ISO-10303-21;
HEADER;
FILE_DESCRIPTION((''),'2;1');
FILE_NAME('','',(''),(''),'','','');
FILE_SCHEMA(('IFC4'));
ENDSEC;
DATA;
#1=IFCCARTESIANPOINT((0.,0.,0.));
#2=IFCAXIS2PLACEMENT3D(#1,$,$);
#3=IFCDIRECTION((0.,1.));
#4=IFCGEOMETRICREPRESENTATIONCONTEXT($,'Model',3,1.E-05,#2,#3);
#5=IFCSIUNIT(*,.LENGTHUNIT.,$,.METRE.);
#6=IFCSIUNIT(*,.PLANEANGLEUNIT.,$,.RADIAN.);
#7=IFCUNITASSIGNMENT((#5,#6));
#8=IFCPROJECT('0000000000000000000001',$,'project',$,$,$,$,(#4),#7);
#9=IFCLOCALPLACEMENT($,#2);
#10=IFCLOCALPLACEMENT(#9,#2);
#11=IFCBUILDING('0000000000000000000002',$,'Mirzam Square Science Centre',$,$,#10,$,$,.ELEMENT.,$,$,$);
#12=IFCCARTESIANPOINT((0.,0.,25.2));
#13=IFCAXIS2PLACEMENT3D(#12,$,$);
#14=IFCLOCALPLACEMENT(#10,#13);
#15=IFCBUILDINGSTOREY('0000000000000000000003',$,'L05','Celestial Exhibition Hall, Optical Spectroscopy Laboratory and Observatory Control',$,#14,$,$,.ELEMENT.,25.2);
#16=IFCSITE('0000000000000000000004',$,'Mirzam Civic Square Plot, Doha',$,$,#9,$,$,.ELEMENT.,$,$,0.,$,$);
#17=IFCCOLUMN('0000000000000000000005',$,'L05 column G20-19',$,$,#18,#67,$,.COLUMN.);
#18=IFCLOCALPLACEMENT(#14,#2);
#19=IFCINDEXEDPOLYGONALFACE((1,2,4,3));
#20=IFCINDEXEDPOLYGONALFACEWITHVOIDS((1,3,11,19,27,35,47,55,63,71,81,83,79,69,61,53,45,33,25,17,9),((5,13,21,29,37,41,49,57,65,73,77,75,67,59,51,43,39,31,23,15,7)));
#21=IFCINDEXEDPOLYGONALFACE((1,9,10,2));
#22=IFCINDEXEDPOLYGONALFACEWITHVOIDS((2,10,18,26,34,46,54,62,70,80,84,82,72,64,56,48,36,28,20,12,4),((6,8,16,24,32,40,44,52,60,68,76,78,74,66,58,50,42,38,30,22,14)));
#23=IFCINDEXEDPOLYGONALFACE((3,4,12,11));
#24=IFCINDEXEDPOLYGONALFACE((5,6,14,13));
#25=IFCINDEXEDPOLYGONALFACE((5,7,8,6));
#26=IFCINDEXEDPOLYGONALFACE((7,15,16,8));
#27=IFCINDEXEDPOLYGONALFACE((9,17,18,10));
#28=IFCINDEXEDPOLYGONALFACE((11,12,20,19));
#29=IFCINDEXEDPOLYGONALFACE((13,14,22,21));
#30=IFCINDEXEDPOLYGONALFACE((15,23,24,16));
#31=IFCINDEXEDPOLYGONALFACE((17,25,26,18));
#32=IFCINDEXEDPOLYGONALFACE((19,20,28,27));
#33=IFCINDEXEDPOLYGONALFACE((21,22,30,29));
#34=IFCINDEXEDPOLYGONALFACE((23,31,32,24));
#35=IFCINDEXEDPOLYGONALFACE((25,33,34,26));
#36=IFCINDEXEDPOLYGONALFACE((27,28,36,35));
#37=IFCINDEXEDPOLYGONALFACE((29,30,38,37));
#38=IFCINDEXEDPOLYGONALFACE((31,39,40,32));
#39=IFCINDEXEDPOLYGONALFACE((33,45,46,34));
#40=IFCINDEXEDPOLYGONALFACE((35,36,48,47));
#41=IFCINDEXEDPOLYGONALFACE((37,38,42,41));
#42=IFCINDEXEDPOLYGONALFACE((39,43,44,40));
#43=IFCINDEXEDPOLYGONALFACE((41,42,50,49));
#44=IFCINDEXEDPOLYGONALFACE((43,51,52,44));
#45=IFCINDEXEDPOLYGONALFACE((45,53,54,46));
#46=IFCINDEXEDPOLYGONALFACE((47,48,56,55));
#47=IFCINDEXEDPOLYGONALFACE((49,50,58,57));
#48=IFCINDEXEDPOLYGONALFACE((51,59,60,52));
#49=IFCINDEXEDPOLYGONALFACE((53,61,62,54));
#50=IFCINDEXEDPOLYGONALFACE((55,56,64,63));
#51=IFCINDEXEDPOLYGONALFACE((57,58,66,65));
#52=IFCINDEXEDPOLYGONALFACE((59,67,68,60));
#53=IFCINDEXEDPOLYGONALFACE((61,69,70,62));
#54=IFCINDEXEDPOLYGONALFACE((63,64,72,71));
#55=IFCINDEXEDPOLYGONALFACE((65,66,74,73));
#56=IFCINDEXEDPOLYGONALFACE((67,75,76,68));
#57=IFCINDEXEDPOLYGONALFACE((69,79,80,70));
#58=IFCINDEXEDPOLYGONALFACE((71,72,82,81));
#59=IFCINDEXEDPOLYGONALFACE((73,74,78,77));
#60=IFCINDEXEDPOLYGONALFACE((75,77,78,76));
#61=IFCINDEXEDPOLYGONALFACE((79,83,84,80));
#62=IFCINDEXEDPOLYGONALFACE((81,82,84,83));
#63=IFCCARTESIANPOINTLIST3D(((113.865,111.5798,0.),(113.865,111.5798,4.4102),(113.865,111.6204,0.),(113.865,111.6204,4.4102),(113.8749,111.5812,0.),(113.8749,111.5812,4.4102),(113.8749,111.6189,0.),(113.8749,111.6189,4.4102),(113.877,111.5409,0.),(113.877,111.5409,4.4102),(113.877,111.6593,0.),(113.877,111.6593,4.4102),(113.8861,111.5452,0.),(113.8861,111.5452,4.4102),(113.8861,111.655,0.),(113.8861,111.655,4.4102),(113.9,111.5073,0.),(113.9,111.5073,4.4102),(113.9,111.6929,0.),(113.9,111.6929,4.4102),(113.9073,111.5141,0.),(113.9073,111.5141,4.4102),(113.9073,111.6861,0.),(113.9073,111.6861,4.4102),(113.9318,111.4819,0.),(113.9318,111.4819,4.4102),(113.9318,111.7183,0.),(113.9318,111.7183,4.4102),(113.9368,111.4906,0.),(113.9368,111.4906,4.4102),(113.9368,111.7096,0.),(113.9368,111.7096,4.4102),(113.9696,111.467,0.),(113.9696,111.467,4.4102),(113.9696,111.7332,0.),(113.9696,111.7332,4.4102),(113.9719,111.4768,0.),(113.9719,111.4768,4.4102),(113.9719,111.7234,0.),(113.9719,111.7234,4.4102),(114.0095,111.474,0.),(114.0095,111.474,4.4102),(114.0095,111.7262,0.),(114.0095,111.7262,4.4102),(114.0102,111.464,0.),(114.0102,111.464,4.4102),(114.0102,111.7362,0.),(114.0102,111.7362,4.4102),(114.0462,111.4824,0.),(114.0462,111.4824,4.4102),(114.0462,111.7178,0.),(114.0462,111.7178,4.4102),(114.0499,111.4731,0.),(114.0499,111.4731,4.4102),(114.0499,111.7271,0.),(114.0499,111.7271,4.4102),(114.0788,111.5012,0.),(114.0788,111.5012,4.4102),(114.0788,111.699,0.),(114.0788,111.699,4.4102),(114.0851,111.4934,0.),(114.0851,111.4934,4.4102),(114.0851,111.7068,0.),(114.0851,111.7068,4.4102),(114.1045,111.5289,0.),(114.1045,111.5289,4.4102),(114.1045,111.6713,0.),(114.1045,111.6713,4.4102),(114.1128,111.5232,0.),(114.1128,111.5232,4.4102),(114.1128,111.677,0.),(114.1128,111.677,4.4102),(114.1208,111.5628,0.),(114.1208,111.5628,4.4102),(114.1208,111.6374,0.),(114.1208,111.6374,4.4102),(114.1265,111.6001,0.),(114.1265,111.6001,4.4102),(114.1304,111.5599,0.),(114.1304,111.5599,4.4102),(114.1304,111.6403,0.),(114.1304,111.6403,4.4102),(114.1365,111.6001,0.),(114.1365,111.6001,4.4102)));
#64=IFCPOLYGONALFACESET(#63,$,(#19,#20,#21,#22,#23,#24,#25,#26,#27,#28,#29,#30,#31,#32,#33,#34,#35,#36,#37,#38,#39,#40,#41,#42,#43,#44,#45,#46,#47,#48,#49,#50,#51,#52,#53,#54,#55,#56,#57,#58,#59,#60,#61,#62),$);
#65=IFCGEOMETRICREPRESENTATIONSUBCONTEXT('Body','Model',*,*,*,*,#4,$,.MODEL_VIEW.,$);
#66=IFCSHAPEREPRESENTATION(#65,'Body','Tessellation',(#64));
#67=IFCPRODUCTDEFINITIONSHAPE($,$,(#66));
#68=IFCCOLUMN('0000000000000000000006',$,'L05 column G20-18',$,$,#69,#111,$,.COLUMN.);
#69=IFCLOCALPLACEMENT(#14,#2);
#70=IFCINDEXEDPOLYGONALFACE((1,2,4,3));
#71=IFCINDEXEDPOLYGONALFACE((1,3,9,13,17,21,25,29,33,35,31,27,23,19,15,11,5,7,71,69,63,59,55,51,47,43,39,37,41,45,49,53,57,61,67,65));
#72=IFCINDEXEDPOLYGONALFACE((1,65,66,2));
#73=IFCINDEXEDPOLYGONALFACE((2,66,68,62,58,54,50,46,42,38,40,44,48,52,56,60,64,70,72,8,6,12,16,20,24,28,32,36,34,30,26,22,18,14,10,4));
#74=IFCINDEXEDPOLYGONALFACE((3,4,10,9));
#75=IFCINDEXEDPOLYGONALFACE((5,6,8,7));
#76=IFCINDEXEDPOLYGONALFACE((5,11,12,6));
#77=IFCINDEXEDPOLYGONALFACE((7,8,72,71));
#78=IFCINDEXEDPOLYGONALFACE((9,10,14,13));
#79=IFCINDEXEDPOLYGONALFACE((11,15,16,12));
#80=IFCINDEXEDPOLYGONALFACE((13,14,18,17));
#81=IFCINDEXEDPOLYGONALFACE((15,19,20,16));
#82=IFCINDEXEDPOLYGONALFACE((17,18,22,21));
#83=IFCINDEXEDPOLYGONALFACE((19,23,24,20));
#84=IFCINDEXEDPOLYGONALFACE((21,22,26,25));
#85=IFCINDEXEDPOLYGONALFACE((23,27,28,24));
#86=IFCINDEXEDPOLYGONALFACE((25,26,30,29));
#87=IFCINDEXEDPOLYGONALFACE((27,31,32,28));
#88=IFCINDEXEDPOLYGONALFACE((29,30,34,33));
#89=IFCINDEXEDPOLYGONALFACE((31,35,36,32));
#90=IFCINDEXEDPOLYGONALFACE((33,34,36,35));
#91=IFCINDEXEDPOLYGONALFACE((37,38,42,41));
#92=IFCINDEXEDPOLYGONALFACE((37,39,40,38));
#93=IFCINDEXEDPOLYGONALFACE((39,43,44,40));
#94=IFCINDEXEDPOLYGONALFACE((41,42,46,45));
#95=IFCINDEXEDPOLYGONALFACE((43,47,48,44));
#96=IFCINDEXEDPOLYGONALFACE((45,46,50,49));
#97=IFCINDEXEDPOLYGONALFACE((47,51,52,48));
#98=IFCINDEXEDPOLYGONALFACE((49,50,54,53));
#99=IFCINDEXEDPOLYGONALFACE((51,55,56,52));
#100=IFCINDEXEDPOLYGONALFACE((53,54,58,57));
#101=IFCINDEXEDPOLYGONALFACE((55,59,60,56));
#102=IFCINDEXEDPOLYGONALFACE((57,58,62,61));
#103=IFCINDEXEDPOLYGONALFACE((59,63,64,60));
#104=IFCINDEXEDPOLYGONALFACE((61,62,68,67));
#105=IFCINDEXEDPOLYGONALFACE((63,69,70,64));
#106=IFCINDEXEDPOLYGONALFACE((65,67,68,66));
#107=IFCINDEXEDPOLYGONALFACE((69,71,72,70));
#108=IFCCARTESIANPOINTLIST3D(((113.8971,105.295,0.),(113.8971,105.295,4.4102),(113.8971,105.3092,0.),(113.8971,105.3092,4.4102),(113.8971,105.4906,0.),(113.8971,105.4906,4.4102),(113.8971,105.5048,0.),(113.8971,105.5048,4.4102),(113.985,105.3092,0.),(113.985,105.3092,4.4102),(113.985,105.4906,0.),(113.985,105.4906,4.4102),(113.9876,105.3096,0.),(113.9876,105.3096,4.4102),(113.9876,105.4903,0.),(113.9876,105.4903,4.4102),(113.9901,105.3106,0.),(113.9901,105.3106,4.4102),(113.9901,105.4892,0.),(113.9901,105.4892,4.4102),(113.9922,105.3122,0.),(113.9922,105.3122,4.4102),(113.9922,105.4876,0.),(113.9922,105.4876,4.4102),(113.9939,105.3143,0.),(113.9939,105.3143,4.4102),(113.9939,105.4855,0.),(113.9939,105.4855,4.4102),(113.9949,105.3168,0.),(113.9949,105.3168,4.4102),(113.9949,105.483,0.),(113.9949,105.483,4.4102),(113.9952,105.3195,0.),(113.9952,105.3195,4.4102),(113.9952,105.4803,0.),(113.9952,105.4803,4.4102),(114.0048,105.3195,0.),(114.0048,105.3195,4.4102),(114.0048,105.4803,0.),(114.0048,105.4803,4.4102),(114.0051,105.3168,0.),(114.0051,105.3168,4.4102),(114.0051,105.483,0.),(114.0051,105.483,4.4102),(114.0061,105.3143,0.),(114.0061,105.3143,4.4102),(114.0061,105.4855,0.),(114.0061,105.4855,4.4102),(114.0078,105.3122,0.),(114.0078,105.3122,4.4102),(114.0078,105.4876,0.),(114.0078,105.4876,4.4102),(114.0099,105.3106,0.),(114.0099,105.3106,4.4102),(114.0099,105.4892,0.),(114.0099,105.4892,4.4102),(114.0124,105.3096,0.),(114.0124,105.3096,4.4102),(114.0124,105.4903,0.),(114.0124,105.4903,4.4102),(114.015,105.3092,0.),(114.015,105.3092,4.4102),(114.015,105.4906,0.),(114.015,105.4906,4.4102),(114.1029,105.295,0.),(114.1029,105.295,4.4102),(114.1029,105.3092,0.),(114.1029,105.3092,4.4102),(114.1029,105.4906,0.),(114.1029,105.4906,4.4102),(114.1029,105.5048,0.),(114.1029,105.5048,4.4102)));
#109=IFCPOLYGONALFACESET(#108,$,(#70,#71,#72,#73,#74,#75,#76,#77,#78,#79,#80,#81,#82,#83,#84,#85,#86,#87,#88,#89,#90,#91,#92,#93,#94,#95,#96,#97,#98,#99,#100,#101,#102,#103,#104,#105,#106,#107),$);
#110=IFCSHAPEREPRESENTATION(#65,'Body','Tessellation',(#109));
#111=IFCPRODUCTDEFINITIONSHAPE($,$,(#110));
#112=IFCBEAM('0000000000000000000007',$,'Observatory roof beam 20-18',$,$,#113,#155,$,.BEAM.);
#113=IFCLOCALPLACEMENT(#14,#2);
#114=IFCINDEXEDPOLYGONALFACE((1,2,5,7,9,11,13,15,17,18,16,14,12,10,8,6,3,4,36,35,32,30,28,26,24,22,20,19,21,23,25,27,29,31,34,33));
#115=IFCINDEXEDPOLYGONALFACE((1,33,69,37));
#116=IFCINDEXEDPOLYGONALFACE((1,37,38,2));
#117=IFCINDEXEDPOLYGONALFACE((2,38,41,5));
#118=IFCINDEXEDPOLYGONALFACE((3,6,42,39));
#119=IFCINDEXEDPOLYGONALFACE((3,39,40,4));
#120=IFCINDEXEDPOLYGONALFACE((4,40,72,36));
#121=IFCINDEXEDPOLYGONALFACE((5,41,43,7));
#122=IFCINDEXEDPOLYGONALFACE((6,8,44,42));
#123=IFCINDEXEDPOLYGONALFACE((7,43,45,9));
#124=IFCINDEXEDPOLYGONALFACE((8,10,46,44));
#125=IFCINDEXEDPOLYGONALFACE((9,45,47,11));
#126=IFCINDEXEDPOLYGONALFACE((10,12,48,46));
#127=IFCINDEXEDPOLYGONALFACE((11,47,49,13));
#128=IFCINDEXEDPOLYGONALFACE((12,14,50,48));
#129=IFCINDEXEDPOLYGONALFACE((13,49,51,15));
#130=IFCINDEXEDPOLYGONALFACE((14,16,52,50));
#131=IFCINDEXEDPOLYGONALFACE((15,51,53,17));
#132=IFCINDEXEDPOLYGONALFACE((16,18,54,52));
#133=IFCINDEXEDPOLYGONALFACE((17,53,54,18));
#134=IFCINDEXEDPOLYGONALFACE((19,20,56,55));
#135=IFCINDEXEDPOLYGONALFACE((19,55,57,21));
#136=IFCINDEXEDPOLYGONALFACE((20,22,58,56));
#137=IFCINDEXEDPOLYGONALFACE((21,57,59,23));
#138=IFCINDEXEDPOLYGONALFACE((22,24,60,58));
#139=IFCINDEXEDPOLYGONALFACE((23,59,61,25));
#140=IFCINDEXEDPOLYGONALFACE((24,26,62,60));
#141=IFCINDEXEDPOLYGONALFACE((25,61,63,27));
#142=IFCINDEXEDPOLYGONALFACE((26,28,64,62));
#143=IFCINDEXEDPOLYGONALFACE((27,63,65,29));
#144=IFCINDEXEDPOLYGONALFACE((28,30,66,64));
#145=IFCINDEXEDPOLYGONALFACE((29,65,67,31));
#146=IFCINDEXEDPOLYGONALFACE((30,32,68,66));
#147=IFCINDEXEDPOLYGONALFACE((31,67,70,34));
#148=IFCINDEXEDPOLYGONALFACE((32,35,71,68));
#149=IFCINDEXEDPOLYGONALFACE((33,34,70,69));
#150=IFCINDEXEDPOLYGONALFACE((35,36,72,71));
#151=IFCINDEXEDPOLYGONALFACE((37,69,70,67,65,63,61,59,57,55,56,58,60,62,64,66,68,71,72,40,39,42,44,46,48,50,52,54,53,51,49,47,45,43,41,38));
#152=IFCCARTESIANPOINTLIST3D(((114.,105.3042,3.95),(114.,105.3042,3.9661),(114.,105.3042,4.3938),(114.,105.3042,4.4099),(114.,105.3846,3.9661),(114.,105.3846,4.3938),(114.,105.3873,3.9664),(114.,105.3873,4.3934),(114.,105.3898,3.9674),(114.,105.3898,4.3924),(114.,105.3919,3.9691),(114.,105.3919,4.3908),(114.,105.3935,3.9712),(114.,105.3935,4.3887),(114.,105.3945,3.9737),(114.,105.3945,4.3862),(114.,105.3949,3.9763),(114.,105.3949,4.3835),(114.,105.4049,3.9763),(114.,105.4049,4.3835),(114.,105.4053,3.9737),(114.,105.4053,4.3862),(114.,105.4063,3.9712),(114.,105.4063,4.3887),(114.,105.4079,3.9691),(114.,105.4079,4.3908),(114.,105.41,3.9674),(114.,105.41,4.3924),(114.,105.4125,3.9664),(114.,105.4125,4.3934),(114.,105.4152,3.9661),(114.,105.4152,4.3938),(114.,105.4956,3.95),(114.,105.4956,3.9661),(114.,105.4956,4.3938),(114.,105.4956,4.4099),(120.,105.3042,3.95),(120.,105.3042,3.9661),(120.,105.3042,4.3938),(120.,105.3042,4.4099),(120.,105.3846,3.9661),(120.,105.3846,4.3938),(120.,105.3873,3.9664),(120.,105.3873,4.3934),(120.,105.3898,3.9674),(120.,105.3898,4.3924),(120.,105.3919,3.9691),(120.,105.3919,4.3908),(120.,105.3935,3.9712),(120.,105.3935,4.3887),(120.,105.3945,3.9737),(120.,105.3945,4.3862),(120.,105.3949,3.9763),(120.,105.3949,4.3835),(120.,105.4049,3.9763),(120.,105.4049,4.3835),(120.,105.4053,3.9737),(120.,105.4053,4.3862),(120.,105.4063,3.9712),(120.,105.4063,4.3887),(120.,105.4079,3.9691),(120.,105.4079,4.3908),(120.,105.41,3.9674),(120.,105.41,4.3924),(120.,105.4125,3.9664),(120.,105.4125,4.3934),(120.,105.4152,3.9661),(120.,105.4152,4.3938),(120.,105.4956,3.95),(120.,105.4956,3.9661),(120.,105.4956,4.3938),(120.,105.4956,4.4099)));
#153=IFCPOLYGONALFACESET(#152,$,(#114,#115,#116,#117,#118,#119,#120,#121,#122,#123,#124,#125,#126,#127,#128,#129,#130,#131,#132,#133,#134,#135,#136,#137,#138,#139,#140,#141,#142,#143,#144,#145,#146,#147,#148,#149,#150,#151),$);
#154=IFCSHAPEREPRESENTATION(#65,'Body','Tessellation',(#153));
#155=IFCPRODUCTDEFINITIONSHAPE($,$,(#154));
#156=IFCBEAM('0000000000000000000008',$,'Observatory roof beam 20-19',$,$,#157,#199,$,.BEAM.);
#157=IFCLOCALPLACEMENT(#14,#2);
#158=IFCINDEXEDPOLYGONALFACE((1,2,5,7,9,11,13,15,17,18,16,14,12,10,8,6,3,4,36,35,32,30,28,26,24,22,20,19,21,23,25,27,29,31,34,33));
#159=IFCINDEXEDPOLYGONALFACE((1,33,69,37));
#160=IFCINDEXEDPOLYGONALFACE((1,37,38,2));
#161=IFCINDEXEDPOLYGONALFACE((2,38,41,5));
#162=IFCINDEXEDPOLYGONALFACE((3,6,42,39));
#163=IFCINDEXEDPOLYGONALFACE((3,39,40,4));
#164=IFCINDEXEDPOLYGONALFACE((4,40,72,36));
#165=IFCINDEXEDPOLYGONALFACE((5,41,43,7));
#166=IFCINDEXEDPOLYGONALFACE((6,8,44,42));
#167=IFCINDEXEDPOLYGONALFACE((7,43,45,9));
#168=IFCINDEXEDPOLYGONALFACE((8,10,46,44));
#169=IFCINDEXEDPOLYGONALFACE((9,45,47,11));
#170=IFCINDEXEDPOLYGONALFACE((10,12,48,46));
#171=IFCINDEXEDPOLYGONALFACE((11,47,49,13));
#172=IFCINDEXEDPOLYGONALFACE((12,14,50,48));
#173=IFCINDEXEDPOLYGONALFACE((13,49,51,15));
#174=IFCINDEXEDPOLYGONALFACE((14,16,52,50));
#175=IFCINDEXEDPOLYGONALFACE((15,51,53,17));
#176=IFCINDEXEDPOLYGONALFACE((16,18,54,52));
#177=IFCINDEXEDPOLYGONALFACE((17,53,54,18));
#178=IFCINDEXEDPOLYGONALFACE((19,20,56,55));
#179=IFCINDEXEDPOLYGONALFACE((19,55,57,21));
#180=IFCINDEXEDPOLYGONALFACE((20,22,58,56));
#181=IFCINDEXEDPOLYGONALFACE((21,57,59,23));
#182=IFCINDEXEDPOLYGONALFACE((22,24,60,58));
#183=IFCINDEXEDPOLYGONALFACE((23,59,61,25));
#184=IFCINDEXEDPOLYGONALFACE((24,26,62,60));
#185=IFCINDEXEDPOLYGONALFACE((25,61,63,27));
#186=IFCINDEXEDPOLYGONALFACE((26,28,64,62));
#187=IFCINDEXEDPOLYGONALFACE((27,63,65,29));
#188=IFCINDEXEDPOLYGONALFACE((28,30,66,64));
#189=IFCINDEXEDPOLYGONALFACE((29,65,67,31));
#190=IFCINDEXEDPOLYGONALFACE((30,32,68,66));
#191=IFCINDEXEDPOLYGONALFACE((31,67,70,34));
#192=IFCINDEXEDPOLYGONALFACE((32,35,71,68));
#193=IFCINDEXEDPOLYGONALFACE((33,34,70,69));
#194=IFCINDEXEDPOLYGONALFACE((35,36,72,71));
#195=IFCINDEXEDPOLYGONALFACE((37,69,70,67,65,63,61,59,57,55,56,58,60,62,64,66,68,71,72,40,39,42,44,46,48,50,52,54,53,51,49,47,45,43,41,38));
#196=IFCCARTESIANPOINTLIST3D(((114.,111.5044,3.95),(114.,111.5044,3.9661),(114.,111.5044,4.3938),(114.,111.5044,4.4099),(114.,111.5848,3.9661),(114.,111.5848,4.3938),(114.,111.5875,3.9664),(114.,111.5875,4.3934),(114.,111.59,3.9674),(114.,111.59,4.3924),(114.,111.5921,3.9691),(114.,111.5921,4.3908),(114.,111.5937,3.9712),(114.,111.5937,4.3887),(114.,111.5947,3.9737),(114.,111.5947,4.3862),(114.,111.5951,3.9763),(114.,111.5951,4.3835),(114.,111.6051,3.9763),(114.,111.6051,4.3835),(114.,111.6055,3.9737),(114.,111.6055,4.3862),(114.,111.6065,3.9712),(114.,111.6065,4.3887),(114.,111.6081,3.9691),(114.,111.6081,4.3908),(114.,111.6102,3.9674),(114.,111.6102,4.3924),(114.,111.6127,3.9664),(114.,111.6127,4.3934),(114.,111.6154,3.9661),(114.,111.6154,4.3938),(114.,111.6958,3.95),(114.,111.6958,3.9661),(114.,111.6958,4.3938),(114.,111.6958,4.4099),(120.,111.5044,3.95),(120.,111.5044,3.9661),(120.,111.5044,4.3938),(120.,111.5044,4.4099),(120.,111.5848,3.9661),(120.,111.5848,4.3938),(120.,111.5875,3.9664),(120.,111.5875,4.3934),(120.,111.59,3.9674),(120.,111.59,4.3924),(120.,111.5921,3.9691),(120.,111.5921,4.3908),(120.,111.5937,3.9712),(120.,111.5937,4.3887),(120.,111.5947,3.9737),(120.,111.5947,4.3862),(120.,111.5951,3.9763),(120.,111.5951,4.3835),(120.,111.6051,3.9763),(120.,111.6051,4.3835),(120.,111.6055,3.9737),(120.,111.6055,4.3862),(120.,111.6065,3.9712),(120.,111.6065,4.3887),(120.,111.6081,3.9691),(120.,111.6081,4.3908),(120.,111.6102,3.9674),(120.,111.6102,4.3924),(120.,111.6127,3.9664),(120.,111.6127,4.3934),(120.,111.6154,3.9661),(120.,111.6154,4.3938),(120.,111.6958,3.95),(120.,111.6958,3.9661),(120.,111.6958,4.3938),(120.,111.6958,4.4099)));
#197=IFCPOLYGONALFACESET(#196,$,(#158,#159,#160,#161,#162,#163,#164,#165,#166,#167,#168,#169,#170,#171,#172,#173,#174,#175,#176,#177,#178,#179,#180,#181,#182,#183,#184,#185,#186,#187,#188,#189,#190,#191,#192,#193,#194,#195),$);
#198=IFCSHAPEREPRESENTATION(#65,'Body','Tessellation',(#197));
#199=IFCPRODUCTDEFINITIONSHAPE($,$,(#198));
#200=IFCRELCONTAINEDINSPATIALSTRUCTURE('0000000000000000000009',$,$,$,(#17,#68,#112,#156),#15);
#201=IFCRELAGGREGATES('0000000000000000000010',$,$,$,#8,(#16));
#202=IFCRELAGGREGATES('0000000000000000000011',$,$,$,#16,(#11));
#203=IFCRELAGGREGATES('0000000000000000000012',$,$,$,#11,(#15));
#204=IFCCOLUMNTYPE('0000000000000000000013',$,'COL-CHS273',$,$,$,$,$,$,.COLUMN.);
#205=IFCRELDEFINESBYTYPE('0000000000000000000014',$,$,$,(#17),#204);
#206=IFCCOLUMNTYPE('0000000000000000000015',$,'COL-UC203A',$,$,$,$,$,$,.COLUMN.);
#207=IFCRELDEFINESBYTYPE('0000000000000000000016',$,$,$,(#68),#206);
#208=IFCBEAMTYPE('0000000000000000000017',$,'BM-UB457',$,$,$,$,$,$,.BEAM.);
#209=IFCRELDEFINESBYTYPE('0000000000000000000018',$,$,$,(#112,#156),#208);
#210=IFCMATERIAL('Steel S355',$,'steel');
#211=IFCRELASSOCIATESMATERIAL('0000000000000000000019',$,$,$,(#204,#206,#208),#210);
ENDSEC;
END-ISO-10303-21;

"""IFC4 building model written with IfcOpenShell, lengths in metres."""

from ifc_helpers import new_model, si_unit, direction, frame, origin, origin_2d, place, context, subcontext, project, spatial, hollow_circle, i_section, extrude, material, material_profile, profile_set, type_object, element, save


model = new_model("IFC4")

# Units and contexts
model_context = context("Model", 3, precision=1e-05, world=origin(), true_north=direction((0.0, 1.0)))
body_context = subcontext(model_context, "Body", "Model", "MODEL_VIEW")
ifc_project = project(units=[si_unit("LENGTHUNIT", "METRE"), si_unit("PLANEANGLEUNIT", "RADIAN")], contexts=[model_context])

# Site, building, storey
site_placement = place(None, origin())
site = spatial("IfcSite", under=ifc_project, at=site_placement, Name="Mirzam Civic Square Plot, Doha", CompositionType="ELEMENT", RefElevation=0.0)
building_placement = place(site_placement, origin())
building = spatial("IfcBuilding", under=site, at=building_placement, Name="Mirzam Square Science Centre", CompositionType="ELEMENT")
storey_placement = place(building_placement, frame((0.0, 0.0, 25.2)))
storey = spatial("IfcBuildingStorey", under=building, at=storey_placement, Name="L05", Description="Celestial Exhibition Hall, Optical Spectroscopy Laboratory and Observatory Control", CompositionType="ELEMENT", Elevation=25.2)

# Columns
ifc_material_1 = material(Name="Steel S355", Category="steel")
ifc_material_profile_1 = material_profile(ifc_material_1, hollow_circle(Radius=0.1365, WallThickness=0.01, at=origin_2d()), Name="273.0x10.0CHS")
ifc_profile_set_1 = profile_set([ifc_material_profile_1], Name="Steel S355")
column_type_1 = type_object("IfcColumnType", Name="COL-CHS273", PredefinedType="COLUMN", material=ifc_profile_set_1)
column_1_placement = place(storey_placement, frame((114.0, 111.6001, 0.0), z_axis=(0.0, 0.0, 1.0), x_axis=(1.0, 0.0, 0.0)))
element("IfcColumn", 1, at=column_1_placement, inside=storey, type_object=column_type_1, Name="L05 column G20-19", PredefinedType="COLUMN", context=body_context, shape_type="SweptSolid", body=[
    extrude(hollow_circle(Radius=0.1365, WallThickness=0.01, at=origin_2d()), origin(), (0.0, 0.0, 1.0), 4.4102),
])
ifc_material_profile_2 = material_profile(ifc_material_1, i_section(OverallWidth=0.2058, OverallDepth=0.2097, WebThickness=0.0095, FlangeThickness=0.0142, FilletRadius=0.0103, at=origin_2d()), Name="203x203x60UC")
ifc_profile_set_2 = profile_set([ifc_material_profile_2], Name="Steel S355")
column_type_2 = type_object("IfcColumnType", Name="COL-UC203A", PredefinedType="COLUMN", material=ifc_profile_set_2)
column_2_placement = place(storey_placement, frame((114.0, 105.3999, 0.0), z_axis=(0.0, 0.0, 1.0), x_axis=(1.0, 0.0, 0.0)))
element("IfcColumn", 2, at=column_2_placement, inside=storey, type_object=column_type_2, Name="L05 column G20-18", PredefinedType="COLUMN", context=body_context, shape_type="SweptSolid", body=[
    extrude(i_section(OverallWidth=0.2058, OverallDepth=0.2097, WebThickness=0.0095, FlangeThickness=0.0142, FilletRadius=0.0103, at=origin_2d()), origin(), (0.0, 0.0, 1.0), 4.4102),
])

# Beams
ifc_material_profile_3 = material_profile(ifc_material_1, i_section(OverallWidth=0.1914, OverallDepth=0.46, WebThickness=0.01, FlangeThickness=0.0161, FilletRadius=0.0103, at=origin_2d()), Name="457x191x82UB")
ifc_profile_set_3 = profile_set([ifc_material_profile_3], Name="Steel S355")
beam_type_1 = type_object("IfcBeamType", Name="BM-UB457", PredefinedType="BEAM", material=ifc_profile_set_3)
for number, where, z_axis, x_axis, name in (
    (3, (114.0, 105.3999, 4.1799), (1.0, 0.0, 0.0), (0.0, 1.0, 0.0), "Observatory roof beam 20-18"),
    (4, (114.0, 111.6001, 4.1799), (1.0, 0.0, 0.0), (0.0, 1.0, 0.0), "Observatory roof beam 20-19"),
):
    element("IfcBeam", number, at=place(storey_placement, frame(where, z_axis=z_axis, x_axis=x_axis)), inside=storey, type_object=beam_type_1, Name=name, PredefinedType="BEAM", context=body_context, shape_type="SweptSolid", body=[
        extrude(i_section(OverallWidth=0.1914, OverallDepth=0.46, WebThickness=0.01, FlangeThickness=0.0161, FilletRadius=0.0103, at=origin_2d()), origin(), (0.0, 0.0, 1.0), 6.0),
    ])

save(model, "model.ifc")
